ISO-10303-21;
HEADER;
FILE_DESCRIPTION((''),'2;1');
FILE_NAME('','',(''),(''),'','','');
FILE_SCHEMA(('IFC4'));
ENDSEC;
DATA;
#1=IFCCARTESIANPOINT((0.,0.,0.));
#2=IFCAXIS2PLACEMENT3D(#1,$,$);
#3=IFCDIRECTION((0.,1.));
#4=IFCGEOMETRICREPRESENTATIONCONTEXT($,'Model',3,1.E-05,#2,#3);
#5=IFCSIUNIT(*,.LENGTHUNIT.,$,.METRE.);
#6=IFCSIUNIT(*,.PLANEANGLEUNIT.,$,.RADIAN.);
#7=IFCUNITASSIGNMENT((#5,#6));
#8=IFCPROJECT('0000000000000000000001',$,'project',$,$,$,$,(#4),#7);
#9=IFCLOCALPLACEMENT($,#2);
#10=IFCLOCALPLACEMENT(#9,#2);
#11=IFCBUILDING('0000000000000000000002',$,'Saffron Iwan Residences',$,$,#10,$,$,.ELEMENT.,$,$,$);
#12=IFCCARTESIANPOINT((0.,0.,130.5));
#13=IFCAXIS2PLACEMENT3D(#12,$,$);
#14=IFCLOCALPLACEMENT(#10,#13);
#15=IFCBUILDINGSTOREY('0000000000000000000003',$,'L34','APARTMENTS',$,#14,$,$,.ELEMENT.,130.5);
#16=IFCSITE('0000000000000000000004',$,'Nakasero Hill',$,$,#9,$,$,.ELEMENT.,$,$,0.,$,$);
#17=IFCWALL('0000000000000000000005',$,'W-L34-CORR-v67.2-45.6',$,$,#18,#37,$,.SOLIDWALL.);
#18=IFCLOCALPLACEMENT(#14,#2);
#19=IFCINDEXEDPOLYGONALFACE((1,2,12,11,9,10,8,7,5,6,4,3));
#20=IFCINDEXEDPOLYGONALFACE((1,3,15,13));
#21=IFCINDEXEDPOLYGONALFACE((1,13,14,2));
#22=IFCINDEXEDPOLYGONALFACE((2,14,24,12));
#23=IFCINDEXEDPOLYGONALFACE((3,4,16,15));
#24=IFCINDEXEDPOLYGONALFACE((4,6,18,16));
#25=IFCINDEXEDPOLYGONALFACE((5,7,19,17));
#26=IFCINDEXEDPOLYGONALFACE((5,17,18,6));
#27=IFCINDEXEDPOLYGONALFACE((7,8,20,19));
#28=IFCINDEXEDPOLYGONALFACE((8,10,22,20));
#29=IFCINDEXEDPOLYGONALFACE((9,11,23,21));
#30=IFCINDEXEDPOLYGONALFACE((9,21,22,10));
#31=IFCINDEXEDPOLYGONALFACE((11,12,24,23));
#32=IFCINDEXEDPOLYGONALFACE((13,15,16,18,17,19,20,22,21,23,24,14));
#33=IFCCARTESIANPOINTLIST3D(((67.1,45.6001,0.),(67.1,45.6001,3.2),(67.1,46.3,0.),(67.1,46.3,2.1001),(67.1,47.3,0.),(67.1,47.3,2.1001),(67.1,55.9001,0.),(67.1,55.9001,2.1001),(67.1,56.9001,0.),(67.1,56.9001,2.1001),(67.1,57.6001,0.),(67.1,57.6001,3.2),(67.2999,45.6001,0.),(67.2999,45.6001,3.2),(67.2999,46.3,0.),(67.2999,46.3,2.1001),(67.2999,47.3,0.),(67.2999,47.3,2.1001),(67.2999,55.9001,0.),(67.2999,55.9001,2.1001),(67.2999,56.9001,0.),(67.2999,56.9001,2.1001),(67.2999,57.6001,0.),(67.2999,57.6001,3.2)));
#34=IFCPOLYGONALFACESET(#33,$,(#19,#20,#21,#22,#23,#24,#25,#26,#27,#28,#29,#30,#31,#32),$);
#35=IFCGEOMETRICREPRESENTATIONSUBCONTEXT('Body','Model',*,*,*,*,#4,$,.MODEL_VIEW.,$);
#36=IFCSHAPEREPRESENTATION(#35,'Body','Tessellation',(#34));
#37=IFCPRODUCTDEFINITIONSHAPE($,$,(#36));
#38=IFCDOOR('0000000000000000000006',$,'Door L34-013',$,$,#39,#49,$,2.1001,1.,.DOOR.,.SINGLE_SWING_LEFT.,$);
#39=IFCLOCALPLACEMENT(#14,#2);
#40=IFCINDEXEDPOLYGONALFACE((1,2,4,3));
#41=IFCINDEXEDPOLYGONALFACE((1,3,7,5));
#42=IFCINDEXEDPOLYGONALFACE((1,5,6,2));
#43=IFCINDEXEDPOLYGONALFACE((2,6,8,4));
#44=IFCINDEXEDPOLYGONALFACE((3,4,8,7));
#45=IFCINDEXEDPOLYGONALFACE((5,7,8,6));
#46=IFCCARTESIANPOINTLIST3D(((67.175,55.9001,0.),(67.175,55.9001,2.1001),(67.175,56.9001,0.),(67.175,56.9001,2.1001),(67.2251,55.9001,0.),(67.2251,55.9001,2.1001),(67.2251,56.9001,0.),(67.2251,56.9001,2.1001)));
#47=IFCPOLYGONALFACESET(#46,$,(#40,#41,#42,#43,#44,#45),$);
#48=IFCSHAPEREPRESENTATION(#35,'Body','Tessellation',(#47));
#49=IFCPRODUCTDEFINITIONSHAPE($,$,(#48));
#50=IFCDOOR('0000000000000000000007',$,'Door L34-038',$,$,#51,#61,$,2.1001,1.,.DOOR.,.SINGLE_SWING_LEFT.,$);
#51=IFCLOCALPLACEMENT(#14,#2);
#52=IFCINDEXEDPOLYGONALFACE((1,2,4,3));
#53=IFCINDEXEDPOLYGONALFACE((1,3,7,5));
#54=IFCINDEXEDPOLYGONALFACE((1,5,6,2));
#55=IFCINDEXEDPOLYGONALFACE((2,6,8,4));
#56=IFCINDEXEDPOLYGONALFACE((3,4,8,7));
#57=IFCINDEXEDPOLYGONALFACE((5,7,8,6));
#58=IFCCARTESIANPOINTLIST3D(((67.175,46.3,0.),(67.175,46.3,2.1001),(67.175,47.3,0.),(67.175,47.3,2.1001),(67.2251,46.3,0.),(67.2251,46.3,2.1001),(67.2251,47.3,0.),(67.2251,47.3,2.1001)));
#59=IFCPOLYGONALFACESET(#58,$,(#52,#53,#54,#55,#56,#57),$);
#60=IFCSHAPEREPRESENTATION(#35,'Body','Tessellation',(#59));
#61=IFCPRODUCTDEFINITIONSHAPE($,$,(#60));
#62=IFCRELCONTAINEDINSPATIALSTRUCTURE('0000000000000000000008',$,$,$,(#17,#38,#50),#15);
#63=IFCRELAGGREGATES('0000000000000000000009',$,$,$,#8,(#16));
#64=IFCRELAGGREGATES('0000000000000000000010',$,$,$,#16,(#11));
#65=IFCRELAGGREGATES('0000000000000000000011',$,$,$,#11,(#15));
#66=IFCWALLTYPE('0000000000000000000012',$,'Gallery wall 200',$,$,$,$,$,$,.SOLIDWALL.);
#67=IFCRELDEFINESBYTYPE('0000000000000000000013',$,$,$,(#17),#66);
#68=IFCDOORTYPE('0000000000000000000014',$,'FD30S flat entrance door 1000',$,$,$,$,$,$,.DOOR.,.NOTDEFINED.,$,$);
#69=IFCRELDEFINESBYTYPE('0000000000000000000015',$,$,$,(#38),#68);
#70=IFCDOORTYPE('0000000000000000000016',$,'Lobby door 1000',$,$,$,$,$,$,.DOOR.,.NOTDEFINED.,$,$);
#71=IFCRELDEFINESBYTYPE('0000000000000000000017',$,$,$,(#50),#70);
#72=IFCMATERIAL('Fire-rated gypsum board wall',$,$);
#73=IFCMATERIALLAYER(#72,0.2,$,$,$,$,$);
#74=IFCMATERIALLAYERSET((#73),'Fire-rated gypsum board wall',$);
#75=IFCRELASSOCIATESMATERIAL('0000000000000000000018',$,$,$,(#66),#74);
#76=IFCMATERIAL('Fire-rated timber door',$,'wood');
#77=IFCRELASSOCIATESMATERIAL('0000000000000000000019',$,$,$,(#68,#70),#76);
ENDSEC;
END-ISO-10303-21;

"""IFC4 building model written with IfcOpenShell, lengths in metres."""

from ifc_helpers import new_model, si_unit, direction, frame, frame_2d, origin, place, context, subcontext, project, spatial, rectangle, extrude, material, layer, layer_set, type_object, element, fill, save


model = new_model("IFC4")

# Units and contexts
model_context = context("Model", 3, precision=1e-05, world=origin(), true_north=direction((0.0, 1.0)))
body_context = subcontext(model_context, "Body", "Model", "MODEL_VIEW")
ifc_project = project(units=[si_unit("LENGTHUNIT", "METRE"), si_unit("PLANEANGLEUNIT", "RADIAN")], contexts=[model_context])

# Site, building, storey
site_placement = place(None, origin())
site = spatial("IfcSite", under=ifc_project, at=site_placement, Name="Nakasero Hill", CompositionType="ELEMENT", RefElevation=0.0)
building_placement = place(site_placement, origin())
building = spatial("IfcBuilding", under=site, at=building_placement, Name="Saffron Iwan Residences", CompositionType="ELEMENT")
storey_placement = place(building_placement, frame((0.0, 0.0, 130.5)))
storey = spatial("IfcBuildingStorey", under=building, at=storey_placement, Name="L34", Description="APARTMENTS", CompositionType="ELEMENT", Elevation=130.5)

# Shared definitions
ifc_material_1 = material(Name="Fire-rated gypsum board wall")

# Wall, openings, doors
ifc_layer_1 = layer(ifc_material_1, 0.2)
ifc_layer_set_1 = layer_set([ifc_layer_1], Name="Fire-rated gypsum board wall")
wall_type_1 = type_object("IfcWallType", Name="Gallery wall 200", PredefinedType="SOLIDWALL", material=ifc_layer_set_1)
wall_1_placement = place(storey_placement, frame((67.2, 45.6001, 0.0), z_axis=(0.0, 0.0, 1.0), x_axis=(0.0, 1.0, 0.0)))
wall_1 = element("IfcWall", 1, at=wall_1_placement, inside=storey, type_object=wall_type_1, Name="W-L34-CORR-v67.2-45.6", PredefinedType="SOLIDWALL", context=body_context, shape_type="SweptSolid", body=[
    extrude(rectangle(XDim=12.0, YDim=0.2, at=frame_2d((6.0, 0.0))), origin(), (0.0, 0.0, 1.0), 3.2),
])
opening_1_placement = place(wall_1_placement, frame((10.3, 0.0, 0.0)))
opening_1 = element("IfcOpeningElement", 2, at=opening_1_placement, cuts=wall_1, PredefinedType="OPENING", context=body_context, shape_type="SweptSolid", body=[
    extrude(rectangle(XDim=1.0, YDim=2.1001, at=frame_2d((0.5, 1.05))), frame((0.0, 0.1099, 0.0), z_axis=(0.0, -1.0, 0.0), x_axis=(1.0, 0.0, 0.0)), (0.0, 0.0, 1.0), 0.22),
])
opening_2_placement = place(wall_1_placement, frame((0.7, 0.0, 0.0)))
opening_2 = element("IfcOpeningElement", 3, at=opening_2_placement, cuts=wall_1, PredefinedType="OPENING", context=body_context, shape_type="SweptSolid", body=[
    extrude(rectangle(XDim=1.0, YDim=2.1001, at=frame_2d((0.5, 1.05))), frame((0.0, 0.1099, 0.0), z_axis=(0.0, -1.0, 0.0), x_axis=(1.0, 0.0, 0.0)), (0.0, 0.0, 1.0), 0.22),
])
ifc_material_2 = material(Name="Fire-rated timber door", Category="wood")
door_type_1 = type_object("IfcDoorType", Name="FD30S flat entrance door 1000", OperationType="NOTDEFINED", PredefinedType="DOOR", material=ifc_material_2)
door_1_placement = place(opening_1_placement, origin())
door_1 = element("IfcDoor", 4, at=door_1_placement, inside=storey, type_object=door_type_1, Name="Door L34-013", OperationType="SINGLE_SWING_LEFT", OverallHeight=2.1001, OverallWidth=1.0, PredefinedType="DOOR", context=body_context, shape_type="SweptSolid", body=[
    extrude(rectangle(XDim=1.0, YDim=2.1001, at=frame_2d((0.5, 1.05))), frame((0.0, 0.0249, 0.0), z_axis=(0.0, -1.0, 0.0), x_axis=(1.0, 0.0, 0.0)), (0.0, 0.0, 1.0), 0.05),
])
fill(opening_1, door_1)
door_type_2 = type_object("IfcDoorType", Name="Lobby door 1000", OperationType="NOTDEFINED", PredefinedType="DOOR", material=ifc_material_2)
door_2_placement = place(opening_2_placement, origin())
door_2 = element("IfcDoor", 5, at=door_2_placement, inside=storey, type_object=door_type_2, Name="Door L34-038", OperationType="SINGLE_SWING_LEFT", OverallHeight=2.1001, OverallWidth=1.0, PredefinedType="DOOR", context=body_context, shape_type="SweptSolid", body=[
    extrude(rectangle(XDim=1.0, YDim=2.1001, at=frame_2d((0.5, 1.05))), frame((0.0, 0.0249, 0.0), z_axis=(0.0, -1.0, 0.0), x_axis=(1.0, 0.0, 0.0)), (0.0, 0.0, 1.0), 0.05),
])
fill(opening_2, door_2)

save(model, "model.ifc")
